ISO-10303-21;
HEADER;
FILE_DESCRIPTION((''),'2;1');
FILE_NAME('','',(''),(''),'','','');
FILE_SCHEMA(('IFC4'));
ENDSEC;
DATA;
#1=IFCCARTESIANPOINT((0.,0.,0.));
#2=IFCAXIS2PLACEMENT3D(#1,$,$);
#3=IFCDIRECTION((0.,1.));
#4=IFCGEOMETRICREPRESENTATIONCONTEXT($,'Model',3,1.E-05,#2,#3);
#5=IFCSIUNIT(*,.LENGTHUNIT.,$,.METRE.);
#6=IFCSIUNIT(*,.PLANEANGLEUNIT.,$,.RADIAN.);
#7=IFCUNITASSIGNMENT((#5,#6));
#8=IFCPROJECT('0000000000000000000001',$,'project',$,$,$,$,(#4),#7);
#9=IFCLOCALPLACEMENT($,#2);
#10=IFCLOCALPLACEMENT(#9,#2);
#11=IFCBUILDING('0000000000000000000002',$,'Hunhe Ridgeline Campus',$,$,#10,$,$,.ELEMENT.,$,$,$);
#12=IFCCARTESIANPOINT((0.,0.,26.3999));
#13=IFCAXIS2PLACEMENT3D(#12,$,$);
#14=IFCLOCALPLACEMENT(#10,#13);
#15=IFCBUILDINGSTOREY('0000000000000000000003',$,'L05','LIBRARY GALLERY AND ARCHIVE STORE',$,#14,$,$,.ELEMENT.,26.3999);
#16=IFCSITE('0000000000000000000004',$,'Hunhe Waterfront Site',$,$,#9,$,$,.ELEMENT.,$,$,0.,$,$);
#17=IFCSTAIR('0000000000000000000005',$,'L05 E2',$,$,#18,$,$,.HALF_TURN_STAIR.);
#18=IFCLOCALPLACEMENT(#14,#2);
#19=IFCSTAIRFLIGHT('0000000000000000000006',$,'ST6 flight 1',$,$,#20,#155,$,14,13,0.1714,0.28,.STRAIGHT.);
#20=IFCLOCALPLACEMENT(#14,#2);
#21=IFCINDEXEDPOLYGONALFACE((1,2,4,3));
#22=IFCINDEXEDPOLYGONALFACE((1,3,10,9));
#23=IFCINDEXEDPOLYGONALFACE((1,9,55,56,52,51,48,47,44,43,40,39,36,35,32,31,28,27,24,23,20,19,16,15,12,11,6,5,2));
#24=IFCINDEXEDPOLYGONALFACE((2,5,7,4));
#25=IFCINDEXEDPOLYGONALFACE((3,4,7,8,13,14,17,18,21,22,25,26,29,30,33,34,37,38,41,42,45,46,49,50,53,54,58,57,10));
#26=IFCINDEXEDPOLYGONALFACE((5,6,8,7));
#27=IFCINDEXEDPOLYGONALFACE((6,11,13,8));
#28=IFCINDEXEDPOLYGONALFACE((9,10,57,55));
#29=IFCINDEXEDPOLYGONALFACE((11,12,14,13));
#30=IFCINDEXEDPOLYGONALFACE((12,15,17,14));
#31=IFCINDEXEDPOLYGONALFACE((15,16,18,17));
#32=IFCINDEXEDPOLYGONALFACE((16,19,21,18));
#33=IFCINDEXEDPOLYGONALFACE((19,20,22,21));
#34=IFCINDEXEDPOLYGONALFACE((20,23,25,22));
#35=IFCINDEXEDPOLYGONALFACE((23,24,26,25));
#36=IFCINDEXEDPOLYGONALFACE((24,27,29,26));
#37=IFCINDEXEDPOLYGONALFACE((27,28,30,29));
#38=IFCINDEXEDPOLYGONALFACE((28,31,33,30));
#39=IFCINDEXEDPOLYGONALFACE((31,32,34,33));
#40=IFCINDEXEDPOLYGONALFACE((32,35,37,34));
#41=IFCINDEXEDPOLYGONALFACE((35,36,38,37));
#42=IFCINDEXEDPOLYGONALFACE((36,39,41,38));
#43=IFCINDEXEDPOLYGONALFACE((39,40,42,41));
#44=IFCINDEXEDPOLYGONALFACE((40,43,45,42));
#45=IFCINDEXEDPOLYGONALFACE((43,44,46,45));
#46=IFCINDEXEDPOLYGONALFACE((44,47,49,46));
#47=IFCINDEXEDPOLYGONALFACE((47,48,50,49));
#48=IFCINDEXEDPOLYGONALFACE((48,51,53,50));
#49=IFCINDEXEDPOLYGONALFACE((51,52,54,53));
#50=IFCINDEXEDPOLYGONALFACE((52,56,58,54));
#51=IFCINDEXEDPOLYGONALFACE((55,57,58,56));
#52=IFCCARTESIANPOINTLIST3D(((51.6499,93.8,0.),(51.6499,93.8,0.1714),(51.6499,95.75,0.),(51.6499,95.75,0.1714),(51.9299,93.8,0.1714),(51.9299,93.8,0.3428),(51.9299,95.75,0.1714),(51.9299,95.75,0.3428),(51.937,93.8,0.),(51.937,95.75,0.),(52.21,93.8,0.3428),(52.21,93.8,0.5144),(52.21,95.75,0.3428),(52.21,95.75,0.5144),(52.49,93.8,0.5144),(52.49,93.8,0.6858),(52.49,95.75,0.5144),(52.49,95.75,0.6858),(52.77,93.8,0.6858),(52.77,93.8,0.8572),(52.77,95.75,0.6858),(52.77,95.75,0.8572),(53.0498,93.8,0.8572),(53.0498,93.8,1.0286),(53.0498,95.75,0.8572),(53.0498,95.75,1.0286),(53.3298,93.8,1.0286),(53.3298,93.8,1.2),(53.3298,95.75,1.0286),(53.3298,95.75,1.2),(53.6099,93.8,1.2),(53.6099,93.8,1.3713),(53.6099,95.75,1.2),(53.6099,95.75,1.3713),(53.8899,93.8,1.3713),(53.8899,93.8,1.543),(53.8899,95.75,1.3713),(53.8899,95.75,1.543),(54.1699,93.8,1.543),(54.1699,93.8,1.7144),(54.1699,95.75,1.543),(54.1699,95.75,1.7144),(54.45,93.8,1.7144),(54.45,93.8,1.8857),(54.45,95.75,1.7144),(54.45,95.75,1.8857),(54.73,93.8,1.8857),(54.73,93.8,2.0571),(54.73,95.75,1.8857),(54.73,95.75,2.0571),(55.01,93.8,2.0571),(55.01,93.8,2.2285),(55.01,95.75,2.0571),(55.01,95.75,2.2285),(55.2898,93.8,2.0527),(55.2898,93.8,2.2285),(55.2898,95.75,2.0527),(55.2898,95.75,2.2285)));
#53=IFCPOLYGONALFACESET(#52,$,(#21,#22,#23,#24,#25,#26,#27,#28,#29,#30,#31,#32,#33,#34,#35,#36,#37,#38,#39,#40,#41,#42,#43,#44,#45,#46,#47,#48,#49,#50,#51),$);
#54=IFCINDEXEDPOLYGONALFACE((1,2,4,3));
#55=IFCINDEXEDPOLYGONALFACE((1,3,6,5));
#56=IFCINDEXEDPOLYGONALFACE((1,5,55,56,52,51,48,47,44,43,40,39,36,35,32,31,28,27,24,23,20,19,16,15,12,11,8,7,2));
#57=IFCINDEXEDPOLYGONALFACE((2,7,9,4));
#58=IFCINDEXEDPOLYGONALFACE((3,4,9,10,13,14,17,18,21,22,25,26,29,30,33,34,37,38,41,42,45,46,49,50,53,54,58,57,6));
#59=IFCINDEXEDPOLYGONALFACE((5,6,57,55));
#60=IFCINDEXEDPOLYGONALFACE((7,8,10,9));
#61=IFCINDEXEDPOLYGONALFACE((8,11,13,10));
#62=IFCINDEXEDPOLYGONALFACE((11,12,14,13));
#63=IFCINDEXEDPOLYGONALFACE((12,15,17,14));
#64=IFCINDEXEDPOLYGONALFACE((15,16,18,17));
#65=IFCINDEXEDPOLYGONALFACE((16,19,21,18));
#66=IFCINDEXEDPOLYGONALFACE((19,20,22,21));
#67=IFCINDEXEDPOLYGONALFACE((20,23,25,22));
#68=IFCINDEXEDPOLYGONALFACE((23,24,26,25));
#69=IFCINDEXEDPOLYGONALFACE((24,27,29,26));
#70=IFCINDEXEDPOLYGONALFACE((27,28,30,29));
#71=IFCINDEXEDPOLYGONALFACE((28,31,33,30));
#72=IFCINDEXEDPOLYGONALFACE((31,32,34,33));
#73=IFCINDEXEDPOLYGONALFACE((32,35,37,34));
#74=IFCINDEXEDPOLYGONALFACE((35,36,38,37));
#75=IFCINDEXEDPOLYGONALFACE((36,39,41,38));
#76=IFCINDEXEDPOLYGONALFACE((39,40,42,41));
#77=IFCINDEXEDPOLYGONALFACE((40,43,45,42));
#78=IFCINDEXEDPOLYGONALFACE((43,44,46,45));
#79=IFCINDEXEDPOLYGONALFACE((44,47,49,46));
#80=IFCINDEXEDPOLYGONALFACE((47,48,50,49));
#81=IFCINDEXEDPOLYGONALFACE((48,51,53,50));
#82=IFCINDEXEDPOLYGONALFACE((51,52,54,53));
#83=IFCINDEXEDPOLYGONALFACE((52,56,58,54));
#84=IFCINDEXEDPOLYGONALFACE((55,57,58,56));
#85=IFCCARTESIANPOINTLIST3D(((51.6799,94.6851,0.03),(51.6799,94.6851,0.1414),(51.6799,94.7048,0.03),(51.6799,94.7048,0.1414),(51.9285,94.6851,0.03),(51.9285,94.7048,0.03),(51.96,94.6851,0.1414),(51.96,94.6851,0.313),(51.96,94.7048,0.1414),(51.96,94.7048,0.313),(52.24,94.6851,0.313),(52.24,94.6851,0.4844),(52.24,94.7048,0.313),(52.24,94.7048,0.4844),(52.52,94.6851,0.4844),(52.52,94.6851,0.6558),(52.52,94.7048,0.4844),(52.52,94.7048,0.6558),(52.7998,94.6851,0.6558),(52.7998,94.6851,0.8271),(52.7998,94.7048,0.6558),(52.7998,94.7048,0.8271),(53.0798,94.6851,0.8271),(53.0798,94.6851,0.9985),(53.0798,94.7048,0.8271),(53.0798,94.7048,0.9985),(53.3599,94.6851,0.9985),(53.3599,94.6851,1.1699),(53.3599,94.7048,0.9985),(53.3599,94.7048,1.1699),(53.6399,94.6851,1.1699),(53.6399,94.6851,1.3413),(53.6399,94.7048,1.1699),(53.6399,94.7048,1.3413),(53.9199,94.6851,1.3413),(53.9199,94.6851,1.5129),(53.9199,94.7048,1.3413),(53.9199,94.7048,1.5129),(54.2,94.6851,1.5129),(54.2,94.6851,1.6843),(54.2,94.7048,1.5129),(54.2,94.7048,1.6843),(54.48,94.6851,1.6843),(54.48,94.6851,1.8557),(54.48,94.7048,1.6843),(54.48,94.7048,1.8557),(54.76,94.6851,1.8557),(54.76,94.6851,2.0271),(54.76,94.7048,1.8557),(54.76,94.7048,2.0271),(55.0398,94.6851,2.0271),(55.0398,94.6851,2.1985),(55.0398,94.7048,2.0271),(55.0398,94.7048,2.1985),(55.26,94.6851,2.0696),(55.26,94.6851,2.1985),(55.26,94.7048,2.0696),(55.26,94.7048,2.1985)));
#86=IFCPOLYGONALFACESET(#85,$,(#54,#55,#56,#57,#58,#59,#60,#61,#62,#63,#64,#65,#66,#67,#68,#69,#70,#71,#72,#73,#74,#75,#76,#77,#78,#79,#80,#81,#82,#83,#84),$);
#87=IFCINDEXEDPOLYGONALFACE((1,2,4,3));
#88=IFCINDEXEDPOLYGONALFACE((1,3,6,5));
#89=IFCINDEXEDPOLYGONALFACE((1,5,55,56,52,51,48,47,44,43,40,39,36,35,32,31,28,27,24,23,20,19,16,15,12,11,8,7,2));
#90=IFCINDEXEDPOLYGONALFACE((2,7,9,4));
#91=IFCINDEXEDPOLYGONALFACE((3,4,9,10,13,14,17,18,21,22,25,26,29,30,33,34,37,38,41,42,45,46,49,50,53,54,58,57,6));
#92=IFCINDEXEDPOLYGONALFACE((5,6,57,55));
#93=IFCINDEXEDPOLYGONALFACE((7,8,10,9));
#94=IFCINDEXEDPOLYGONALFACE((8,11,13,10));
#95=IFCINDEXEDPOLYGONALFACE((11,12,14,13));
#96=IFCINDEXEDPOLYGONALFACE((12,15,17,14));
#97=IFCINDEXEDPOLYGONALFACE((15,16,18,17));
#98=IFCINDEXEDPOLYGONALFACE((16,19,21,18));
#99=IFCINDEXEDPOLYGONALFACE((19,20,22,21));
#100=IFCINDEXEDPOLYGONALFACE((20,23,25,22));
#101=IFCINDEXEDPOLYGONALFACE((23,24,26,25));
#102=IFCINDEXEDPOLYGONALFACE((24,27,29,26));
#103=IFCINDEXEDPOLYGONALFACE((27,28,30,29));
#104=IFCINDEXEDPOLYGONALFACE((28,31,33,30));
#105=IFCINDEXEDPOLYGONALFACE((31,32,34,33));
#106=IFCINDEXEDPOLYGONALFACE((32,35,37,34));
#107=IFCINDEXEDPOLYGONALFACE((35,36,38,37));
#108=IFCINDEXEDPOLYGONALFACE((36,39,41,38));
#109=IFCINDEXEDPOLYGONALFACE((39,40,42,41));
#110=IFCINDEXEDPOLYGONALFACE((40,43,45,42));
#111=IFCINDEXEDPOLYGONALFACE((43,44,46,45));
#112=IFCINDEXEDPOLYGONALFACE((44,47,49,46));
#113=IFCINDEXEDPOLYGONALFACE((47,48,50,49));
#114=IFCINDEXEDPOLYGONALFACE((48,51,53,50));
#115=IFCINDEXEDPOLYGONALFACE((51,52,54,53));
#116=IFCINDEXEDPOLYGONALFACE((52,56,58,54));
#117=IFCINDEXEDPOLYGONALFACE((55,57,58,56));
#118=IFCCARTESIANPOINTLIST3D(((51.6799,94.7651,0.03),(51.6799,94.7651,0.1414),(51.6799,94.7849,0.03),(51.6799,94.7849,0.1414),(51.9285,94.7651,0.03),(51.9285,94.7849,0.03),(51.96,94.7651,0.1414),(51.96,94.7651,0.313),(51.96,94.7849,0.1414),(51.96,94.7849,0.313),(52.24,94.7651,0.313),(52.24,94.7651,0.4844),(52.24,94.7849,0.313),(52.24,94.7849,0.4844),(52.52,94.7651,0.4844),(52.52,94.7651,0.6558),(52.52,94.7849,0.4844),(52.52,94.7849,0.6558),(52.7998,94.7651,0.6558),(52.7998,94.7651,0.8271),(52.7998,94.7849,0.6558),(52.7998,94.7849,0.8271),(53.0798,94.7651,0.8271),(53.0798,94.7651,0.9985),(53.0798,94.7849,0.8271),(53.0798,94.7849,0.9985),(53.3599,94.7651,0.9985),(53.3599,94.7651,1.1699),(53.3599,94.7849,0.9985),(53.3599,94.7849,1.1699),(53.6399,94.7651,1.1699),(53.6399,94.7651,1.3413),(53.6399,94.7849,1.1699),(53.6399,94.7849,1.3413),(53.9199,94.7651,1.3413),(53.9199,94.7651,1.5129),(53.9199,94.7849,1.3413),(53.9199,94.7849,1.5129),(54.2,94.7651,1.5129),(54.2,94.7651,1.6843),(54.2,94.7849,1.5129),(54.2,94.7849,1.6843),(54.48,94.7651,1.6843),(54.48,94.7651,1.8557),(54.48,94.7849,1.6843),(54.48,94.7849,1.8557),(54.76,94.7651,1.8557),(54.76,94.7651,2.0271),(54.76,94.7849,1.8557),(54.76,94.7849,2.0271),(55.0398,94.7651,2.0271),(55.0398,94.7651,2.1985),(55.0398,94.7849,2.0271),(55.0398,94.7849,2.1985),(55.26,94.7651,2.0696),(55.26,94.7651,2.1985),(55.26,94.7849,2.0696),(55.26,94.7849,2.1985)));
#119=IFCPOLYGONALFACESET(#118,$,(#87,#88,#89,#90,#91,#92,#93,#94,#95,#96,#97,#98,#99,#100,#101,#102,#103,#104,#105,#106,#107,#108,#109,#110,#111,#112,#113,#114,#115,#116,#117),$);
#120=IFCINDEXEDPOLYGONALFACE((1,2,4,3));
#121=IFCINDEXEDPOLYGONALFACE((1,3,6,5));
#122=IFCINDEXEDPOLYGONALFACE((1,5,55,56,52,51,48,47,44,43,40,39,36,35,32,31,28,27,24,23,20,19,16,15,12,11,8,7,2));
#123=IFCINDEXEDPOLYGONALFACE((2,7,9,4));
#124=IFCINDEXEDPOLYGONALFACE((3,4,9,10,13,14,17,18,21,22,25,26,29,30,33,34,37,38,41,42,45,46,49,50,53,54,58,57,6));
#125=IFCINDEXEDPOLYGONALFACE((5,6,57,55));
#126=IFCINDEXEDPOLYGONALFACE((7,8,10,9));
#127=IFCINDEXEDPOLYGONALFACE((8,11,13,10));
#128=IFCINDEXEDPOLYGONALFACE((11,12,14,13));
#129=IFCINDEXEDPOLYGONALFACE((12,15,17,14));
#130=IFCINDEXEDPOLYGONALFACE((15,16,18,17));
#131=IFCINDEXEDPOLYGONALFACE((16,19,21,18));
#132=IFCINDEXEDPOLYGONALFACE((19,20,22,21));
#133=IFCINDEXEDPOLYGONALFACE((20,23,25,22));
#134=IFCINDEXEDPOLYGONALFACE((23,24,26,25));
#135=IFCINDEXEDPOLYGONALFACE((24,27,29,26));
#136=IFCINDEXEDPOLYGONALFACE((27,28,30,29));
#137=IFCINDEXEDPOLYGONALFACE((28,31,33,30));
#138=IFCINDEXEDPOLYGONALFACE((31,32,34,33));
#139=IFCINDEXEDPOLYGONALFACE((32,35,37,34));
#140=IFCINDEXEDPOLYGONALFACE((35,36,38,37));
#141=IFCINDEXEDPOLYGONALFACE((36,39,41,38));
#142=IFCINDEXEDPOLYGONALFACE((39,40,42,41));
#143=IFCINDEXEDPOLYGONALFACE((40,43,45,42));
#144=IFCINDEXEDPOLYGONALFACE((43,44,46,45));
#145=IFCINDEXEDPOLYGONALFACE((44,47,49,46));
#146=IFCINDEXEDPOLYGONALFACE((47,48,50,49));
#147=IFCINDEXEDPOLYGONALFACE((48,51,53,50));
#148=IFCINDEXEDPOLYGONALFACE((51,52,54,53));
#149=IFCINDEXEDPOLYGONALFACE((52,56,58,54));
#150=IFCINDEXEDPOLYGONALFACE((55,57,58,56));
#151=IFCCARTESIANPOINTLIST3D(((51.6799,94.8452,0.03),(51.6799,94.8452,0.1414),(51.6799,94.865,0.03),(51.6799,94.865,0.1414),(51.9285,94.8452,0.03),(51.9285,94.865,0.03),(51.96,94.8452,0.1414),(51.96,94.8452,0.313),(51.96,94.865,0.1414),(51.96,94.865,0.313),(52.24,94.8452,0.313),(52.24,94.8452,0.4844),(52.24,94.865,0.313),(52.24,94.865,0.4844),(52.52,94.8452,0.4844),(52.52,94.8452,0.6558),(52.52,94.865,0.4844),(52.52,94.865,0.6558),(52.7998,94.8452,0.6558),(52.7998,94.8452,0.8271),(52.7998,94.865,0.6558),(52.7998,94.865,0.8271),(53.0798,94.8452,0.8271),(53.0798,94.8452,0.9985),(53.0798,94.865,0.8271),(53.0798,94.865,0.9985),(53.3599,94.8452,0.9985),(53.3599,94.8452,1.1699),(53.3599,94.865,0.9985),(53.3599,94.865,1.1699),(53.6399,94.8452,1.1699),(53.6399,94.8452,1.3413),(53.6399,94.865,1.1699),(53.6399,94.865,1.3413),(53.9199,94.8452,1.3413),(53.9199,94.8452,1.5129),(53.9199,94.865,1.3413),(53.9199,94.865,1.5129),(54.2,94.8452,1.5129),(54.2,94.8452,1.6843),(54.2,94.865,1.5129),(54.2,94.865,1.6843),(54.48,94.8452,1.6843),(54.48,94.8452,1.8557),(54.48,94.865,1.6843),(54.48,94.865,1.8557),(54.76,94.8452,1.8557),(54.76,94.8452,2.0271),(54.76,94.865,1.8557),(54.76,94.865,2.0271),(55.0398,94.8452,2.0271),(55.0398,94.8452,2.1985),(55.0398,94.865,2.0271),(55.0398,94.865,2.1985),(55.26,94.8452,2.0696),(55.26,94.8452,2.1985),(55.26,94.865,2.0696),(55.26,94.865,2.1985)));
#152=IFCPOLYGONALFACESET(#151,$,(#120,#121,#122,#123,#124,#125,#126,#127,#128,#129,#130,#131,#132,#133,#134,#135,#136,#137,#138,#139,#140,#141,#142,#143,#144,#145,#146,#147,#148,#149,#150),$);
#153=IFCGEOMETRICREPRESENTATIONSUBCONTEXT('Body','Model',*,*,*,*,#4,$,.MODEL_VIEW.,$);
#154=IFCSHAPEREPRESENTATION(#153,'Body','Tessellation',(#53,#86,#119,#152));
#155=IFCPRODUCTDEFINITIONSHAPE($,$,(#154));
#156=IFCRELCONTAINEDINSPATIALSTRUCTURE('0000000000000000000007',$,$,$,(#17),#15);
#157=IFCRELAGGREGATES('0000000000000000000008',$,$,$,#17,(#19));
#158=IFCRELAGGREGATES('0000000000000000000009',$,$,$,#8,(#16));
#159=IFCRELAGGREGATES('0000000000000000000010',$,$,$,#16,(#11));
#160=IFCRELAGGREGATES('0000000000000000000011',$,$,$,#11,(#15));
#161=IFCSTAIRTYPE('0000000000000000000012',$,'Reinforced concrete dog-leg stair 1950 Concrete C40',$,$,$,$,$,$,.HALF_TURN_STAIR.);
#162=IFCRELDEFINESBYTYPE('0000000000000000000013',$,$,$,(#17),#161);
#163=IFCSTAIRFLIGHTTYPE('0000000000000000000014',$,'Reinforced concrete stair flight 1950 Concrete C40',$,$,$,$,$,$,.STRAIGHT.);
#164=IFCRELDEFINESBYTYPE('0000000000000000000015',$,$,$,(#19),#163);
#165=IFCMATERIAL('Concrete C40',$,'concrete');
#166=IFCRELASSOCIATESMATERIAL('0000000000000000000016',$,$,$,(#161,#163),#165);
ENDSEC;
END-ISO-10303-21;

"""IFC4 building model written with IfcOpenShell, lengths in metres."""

from ifc_helpers import new_model, si_unit, direction, frame, origin, place, context, subcontext, project, spatial, polyline, outline, extrude, material, type_object, element, aggregate, save


model = new_model("IFC4")

# Units and contexts
model_context = context("Model", 3, precision=1e-05, world=origin(), true_north=direction((0.0, 1.0)))
body_context = subcontext(model_context, "Body", "Model", "MODEL_VIEW")
ifc_project = project(units=[si_unit("LENGTHUNIT", "METRE"), si_unit("PLANEANGLEUNIT", "RADIAN")], contexts=[model_context])

# Site, building, storey
site_placement = place(None, origin())
site = spatial("IfcSite", under=ifc_project, at=site_placement, Name="Hunhe Waterfront Site", CompositionType="ELEMENT", RefElevation=0.0)
building_placement = place(site_placement, origin())
building = spatial("IfcBuilding", under=site, at=building_placement, Name="Hunhe Ridgeline Campus", CompositionType="ELEMENT")
storey_placement = place(building_placement, frame((0.0, 0.0, 26.3999)))
storey = spatial("IfcBuildingStorey", under=building, at=storey_placement, Name="L05", Description="LIBRARY GALLERY AND ARCHIVE STORE", CompositionType="ELEMENT", Elevation=26.3999)

# Stair, stair flight
ifc_material_1 = material(Name="Concrete C40", Category="concrete")
stair_type = type_object("IfcStairType", Name="Reinforced concrete dog-leg stair 1950 Concrete C40", PredefinedType="HALF_TURN_STAIR", material=ifc_material_1)
stair_1_placement = place(storey_placement, origin())
stair_1 = element("IfcStair", 1, at=stair_1_placement, inside=storey, type_object=stair_type, Name="L05 E2", PredefinedType="HALF_TURN_STAIR")
stair_flight_type = type_object("IfcStairFlightType", Name="Reinforced concrete stair flight 1950 Concrete C40", PredefinedType="STRAIGHT", material=ifc_material_1)
stair_flight_1_placement = place(storey_placement, frame((51.6499, 94.7749, 0.0), z_axis=(0.0, 0.0, 1.0), x_axis=(1.0, 0.0, 0.0)))
stair_flight_1 = element("IfcStairFlight", 2, at=stair_flight_1_placement, type_object=stair_flight_type, Name="ST6 flight 1", NumberOfRisers=14, NumberOfTreads=13, PredefinedType="STRAIGHT", RiserHeight=0.1714, TreadLength=0.28, context=body_context, shape_type="SweptSolid", body=[
    extrude(outline(polyline([(0.0, 0.0), (0.0, 0.1714), (0.28, 0.1714), (0.28, 0.3428), (0.5601, 0.3428), (0.5601, 0.5144), (0.8401, 0.5144), (0.8401, 0.6858), (1.1201, 0.6858), (1.1201, 0.8572), (1.3999, 0.8572), (1.3999, 1.0286), (1.6799, 1.0286), (1.6799, 1.2), (1.96, 1.2), (1.96, 1.3713), (2.24, 1.3713), (2.24, 1.543), (2.52, 1.543), (2.52, 1.7144), (2.8, 1.7144), (2.8, 1.8857), (3.0801, 1.8857), (3.0801, 2.0571), (3.3601, 2.0571), (3.3601, 2.2285), (3.6399, 2.2285), (3.6399, 2.3999), (3.6399, 2.0527), (0.2871, 0.0), (0.0, 0.0)])), frame((0.0, 0.9751, 0.0), z_axis=(0.0, -1.0, 0.0), x_axis=(1.0, 0.0, 0.0)), (0.0, 0.0, 1.0), 1.95),
    extrude(outline(polyline([(0.03, 0.03), (0.03, 0.1414), (0.3101, 0.1414), (0.3101, 0.313), (0.5901, 0.313), (0.5901, 0.4844), (0.8701, 0.4844), (0.8701, 0.6558), (1.1499, 0.6558), (1.1499, 0.8271), (1.4299, 0.8271), (1.4299, 0.9985), (1.71, 0.9985), (1.71, 1.1699), (1.99, 1.1699), (1.99, 1.3413), (2.27, 1.3413), (2.27, 1.5129), (2.55, 1.5129), (2.55, 1.6843), (2.8301, 1.6843), (2.8301, 1.8557), (3.1101, 1.8557), (3.1101, 2.0271), (3.3899, 2.0271), (3.3899, 2.1985), (3.6101, 2.1985), (3.6101, 2.0696), (0.2786, 0.03), (0.03, 0.03)])), frame((0.0, -0.0701, 0.0), z_axis=(0.0, -1.0, 0.0), x_axis=(1.0, 0.0, 0.0)), (0.0, 0.0, 1.0), 0.0198),
    extrude(outline(polyline([(0.03, 0.03), (0.03, 0.1414), (0.3101, 0.1414), (0.3101, 0.313), (0.5901, 0.313), (0.5901, 0.4844), (0.8701, 0.4844), (0.8701, 0.6558), (1.1499, 0.6558), (1.1499, 0.8271), (1.4299, 0.8271), (1.4299, 0.9985), (1.71, 0.9985), (1.71, 1.1699), (1.99, 1.1699), (1.99, 1.3413), (2.27, 1.3413), (2.27, 1.5129), (2.55, 1.5129), (2.55, 1.6843), (2.8301, 1.6843), (2.8301, 1.8557), (3.1101, 1.8557), (3.1101, 2.0271), (3.3899, 2.0271), (3.3899, 2.1985), (3.6101, 2.1985), (3.6101, 2.0696), (0.2786, 0.03), (0.03, 0.03)])), frame((0.0, 0.01, 0.0), z_axis=(0.0, -1.0, 0.0), x_axis=(1.0, 0.0, 0.0)), (0.0, 0.0, 1.0), 0.0198),
    extrude(outline(polyline([(0.03, 0.03), (0.03, 0.1414), (0.3101, 0.1414), (0.3101, 0.313), (0.5901, 0.313), (0.5901, 0.4844), (0.8701, 0.4844), (0.8701, 0.6558), (1.1499, 0.6558), (1.1499, 0.8271), (1.4299, 0.8271), (1.4299, 0.9985), (1.71, 0.9985), (1.71, 1.1699), (1.99, 1.1699), (1.99, 1.3413), (2.27, 1.3413), (2.27, 1.5129), (2.55, 1.5129), (2.55, 1.6843), (2.8301, 1.6843), (2.8301, 1.8557), (3.1101, 1.8557), (3.1101, 2.0271), (3.3899, 2.0271), (3.3899, 2.1985), (3.6101, 2.1985), (3.6101, 2.0696), (0.2786, 0.03), (0.03, 0.03)])), frame((0.0, 0.0901, 0.0), z_axis=(0.0, -1.0, 0.0), x_axis=(1.0, 0.0, 0.0)), (0.0, 0.0, 1.0), 0.0198),
])
aggregate(stair_1, [stair_flight_1])

save(model, "model.ifc")
